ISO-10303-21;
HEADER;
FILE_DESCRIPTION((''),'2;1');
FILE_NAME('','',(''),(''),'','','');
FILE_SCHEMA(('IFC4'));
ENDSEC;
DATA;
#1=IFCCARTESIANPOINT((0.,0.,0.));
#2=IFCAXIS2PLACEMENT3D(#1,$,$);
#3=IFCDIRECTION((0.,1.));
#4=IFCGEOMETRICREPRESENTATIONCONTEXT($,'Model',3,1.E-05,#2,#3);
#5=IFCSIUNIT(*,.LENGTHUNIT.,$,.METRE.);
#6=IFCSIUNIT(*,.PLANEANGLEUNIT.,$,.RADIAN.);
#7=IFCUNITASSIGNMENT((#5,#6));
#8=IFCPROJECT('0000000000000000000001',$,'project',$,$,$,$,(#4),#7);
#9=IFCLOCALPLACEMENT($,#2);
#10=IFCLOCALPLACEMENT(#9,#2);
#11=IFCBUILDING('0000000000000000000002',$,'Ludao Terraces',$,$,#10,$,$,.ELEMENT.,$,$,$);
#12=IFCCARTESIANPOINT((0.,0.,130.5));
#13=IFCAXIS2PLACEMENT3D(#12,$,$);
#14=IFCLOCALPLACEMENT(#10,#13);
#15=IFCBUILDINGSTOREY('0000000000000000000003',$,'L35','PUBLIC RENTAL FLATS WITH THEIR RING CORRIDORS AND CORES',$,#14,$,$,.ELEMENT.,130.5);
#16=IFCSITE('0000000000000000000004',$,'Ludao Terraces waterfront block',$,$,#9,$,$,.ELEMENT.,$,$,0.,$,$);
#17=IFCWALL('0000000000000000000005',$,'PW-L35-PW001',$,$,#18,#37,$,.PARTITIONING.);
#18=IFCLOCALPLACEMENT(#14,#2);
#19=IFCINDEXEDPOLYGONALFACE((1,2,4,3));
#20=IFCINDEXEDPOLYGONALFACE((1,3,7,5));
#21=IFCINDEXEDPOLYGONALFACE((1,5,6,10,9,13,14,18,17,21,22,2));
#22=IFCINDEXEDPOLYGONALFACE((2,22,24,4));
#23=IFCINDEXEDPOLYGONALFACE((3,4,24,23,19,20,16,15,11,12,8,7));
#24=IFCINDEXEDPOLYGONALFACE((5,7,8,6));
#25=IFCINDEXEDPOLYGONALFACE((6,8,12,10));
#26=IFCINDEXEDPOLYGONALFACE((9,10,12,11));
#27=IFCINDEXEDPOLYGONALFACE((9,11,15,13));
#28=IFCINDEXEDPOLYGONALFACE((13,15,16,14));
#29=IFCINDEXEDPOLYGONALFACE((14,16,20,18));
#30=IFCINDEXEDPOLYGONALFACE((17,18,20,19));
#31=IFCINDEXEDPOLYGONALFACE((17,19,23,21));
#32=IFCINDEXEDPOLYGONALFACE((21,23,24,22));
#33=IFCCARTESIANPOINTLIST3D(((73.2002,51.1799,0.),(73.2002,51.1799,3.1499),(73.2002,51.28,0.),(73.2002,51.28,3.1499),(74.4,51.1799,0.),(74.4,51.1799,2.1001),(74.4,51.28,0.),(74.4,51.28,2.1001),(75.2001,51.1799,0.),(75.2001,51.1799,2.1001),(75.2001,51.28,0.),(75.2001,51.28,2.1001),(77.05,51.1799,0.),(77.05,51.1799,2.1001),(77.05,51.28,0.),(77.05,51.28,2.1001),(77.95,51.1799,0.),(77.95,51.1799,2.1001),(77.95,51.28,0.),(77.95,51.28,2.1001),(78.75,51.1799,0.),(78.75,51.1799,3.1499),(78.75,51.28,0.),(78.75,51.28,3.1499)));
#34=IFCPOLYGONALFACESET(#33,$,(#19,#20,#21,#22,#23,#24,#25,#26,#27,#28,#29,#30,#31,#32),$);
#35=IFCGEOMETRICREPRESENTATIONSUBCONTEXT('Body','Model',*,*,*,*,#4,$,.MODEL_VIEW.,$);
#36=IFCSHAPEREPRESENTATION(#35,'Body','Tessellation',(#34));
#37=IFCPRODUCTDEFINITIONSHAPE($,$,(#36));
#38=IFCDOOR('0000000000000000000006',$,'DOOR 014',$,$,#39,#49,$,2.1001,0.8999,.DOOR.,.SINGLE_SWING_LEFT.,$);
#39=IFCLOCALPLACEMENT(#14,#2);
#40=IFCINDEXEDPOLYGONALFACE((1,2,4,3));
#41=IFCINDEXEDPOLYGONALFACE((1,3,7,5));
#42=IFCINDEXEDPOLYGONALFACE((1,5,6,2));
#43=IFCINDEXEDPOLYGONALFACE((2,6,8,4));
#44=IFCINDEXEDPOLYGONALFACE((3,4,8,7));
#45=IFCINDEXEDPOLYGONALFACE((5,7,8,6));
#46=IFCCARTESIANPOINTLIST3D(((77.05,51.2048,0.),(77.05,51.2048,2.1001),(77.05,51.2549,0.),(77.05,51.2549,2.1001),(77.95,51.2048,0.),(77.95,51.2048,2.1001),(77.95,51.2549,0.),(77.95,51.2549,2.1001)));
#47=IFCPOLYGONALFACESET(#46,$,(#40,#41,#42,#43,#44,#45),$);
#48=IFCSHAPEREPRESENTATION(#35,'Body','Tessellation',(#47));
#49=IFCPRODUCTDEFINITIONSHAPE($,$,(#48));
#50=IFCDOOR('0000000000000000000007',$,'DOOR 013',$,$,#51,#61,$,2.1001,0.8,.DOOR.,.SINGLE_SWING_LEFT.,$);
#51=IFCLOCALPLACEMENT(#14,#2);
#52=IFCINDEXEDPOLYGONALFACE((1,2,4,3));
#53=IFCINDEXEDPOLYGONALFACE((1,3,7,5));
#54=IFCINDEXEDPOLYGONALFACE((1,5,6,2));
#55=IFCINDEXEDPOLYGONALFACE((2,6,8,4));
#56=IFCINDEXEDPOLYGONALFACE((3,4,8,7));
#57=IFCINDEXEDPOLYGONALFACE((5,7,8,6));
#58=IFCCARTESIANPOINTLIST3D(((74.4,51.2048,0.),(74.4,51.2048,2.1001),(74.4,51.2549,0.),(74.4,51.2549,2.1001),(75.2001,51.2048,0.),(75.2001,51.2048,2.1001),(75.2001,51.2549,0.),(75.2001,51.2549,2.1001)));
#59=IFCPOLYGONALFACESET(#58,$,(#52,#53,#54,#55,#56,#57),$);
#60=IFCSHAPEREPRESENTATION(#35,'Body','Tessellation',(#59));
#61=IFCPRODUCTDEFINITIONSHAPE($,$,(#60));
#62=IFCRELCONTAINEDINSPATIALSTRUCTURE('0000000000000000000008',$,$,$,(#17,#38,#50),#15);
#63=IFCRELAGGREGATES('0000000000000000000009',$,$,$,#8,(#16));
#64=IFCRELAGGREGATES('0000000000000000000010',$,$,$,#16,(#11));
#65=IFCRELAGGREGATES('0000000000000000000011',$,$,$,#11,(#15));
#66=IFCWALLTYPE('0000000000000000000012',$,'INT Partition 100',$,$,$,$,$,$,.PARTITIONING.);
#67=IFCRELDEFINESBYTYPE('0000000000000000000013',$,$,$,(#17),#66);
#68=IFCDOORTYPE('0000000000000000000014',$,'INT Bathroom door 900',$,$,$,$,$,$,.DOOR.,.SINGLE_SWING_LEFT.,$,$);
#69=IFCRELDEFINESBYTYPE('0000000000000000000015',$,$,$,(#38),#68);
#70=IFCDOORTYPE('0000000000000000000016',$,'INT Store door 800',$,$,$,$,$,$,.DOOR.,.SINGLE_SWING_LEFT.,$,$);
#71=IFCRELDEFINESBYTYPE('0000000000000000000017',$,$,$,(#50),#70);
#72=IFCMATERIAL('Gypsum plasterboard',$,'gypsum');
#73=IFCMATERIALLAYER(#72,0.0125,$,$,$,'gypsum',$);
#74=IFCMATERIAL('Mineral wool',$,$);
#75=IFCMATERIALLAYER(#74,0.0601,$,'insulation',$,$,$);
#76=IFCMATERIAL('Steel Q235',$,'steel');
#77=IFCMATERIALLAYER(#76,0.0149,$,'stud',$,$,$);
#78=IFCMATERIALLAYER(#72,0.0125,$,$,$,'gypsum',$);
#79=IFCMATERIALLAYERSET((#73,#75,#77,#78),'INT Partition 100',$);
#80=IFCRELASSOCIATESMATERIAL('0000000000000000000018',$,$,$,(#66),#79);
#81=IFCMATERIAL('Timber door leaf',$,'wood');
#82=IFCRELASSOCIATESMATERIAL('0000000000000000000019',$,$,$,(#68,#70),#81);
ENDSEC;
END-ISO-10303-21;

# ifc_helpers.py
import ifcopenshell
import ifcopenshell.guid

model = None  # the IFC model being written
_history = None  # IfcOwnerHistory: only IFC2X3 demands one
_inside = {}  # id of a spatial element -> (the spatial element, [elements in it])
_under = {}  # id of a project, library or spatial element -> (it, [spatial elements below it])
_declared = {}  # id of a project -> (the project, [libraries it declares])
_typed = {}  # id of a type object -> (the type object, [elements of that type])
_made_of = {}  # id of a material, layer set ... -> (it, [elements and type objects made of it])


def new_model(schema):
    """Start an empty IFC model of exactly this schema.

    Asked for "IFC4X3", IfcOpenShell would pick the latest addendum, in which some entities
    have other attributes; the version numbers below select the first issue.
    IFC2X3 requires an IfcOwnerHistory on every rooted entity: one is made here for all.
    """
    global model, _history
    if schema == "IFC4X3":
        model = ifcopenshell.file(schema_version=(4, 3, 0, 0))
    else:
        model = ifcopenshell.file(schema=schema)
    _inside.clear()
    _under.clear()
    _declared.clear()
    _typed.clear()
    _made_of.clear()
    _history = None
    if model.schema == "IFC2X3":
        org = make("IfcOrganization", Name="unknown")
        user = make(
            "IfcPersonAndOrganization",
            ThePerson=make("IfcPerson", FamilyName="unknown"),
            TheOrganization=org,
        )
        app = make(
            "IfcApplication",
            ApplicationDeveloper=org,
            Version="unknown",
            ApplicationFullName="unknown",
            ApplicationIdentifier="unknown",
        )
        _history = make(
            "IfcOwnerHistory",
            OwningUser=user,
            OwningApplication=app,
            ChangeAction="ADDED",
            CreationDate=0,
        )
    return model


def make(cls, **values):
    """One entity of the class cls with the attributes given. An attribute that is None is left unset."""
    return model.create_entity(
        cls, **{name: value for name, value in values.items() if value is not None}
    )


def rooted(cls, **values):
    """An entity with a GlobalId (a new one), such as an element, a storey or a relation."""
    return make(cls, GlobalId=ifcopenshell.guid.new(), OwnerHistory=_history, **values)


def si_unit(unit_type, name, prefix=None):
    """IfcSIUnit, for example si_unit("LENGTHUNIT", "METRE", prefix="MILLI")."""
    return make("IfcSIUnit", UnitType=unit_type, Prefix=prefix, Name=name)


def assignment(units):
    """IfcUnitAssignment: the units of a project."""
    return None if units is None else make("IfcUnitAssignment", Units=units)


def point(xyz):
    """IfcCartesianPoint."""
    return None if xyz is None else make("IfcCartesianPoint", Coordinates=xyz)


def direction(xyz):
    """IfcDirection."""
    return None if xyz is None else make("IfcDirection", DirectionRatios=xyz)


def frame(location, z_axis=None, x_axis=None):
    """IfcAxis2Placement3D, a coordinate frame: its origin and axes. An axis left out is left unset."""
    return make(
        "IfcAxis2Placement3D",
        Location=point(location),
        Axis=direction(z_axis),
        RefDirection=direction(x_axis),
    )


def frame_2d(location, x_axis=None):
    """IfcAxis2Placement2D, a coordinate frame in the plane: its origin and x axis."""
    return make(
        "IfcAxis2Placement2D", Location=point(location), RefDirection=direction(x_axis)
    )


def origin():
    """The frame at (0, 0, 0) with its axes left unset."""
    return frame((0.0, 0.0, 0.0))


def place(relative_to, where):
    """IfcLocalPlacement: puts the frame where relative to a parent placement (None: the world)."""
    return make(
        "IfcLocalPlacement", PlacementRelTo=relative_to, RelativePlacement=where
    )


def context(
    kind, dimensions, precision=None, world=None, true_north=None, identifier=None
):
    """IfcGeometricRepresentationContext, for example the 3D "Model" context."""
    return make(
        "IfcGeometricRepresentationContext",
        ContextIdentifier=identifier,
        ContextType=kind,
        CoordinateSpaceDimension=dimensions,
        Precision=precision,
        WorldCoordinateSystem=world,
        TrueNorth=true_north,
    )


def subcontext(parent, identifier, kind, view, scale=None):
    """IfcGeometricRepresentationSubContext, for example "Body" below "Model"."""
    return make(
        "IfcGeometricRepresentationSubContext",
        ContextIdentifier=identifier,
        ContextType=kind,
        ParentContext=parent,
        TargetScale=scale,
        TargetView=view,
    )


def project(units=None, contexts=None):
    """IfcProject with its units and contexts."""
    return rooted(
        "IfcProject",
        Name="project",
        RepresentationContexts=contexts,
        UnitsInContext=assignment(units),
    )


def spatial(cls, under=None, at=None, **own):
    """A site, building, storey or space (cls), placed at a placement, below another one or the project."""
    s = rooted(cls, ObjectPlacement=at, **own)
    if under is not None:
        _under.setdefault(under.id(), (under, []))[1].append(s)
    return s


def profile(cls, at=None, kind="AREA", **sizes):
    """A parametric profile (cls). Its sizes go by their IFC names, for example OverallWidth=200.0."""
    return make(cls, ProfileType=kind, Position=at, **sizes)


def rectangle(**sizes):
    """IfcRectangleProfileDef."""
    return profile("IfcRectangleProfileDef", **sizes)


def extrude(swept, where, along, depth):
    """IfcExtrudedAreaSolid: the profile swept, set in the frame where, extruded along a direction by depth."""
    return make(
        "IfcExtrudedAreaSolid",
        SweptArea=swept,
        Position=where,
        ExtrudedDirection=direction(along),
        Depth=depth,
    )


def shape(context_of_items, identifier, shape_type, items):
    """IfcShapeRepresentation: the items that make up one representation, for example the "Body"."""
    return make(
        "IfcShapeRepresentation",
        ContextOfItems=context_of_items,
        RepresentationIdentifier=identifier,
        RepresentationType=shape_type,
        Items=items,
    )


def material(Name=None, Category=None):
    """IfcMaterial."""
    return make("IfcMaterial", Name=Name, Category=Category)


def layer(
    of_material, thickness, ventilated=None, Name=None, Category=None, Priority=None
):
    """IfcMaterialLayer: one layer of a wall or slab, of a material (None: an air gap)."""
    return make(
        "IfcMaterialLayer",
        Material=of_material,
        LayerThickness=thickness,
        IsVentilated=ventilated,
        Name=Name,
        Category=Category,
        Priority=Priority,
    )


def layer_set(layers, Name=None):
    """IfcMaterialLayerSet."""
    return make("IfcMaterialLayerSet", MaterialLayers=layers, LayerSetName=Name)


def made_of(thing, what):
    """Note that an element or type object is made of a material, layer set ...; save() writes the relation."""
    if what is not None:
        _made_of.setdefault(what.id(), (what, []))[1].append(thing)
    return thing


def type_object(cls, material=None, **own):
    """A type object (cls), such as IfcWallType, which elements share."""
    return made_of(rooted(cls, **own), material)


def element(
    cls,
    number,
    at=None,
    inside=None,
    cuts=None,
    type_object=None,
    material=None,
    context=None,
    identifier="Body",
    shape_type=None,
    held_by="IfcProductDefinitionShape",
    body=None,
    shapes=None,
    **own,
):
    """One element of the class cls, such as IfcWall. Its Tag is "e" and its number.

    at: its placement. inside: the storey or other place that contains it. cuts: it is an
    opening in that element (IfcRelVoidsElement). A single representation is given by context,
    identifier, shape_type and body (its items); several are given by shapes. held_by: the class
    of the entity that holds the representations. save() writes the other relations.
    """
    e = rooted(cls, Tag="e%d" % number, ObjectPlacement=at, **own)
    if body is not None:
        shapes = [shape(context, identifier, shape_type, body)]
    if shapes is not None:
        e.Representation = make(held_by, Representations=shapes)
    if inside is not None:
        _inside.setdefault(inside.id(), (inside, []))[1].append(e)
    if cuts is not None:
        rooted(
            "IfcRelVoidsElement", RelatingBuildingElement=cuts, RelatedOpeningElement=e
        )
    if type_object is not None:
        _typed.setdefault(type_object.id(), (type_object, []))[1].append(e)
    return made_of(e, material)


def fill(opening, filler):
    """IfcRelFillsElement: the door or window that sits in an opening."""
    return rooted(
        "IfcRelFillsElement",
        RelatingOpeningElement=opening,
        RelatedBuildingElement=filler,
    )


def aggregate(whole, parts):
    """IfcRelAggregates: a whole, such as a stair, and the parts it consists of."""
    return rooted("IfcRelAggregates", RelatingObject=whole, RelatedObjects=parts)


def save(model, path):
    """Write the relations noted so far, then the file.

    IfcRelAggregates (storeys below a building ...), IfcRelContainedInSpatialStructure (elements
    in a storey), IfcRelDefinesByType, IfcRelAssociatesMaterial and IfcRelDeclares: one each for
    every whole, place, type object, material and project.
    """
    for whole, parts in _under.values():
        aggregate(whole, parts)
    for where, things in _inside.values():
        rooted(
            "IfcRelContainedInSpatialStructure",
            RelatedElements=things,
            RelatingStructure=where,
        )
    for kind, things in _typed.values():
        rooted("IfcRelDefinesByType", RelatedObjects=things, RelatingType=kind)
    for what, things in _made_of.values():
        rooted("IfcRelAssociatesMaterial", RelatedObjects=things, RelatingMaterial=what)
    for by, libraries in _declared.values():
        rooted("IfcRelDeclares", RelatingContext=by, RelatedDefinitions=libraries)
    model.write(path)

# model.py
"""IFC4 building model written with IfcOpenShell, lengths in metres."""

from ifc_helpers import new_model, si_unit, direction, frame, frame_2d, origin, place, context, subcontext, project, spatial, rectangle, extrude, material, layer, layer_set, type_object, element, fill, save


model = new_model("IFC4")

# Units and contexts
model_context = context("Model", 3, precision=1e-05, world=origin(), true_north=direction((0.0, 1.0)))
body_context = subcontext(model_context, "Body", "Model", "MODEL_VIEW")
ifc_project = project(units=[si_unit("LENGTHUNIT", "METRE"), si_unit("PLANEANGLEUNIT", "RADIAN")], contexts=[model_context])

# Site, building, storey
site_placement = place(None, origin())
site = spatial("IfcSite", under=ifc_project, at=site_placement, Name="Ludao Terraces waterfront block", CompositionType="ELEMENT", RefElevation=0.0)
building_placement = place(site_placement, origin())
building = spatial("IfcBuilding", under=site, at=building_placement, Name="Ludao Terraces", CompositionType="ELEMENT")
storey_placement = place(building_placement, frame((0.0, 0.0, 130.5)))
storey = spatial("IfcBuildingStorey", under=building, at=storey_placement, Name="L35", Description="PUBLIC RENTAL FLATS WITH THEIR RING CORRIDORS AND CORES", CompositionType="ELEMENT", Elevation=130.5)

# Shared definitions
ifc_material_1 = material(Name="Mineral wool")

# Wall, openings, doors
ifc_material_2 = material(Name="Gypsum plasterboard", Category="gypsum")
ifc_layer_1 = layer(ifc_material_2, 0.0125, Category="gypsum")
ifc_layer_2 = layer(ifc_material_1, 0.0601, Name="insulation")
ifc_material_3 = material(Name="Steel Q235", Category="steel")
ifc_layer_3 = layer(ifc_material_3, 0.0149, Name="stud")
ifc_layer_4 = layer(ifc_material_2, 0.0125, Category="gypsum")
ifc_layer_set_1 = layer_set([ifc_layer_1, ifc_layer_2, ifc_layer_3, ifc_layer_4], Name="INT Partition 100")
wall_type_1 = type_object("IfcWallType", Name="INT Partition 100", PredefinedType="PARTITIONING", material=ifc_layer_set_1)
wall_1_placement = place(storey_placement, frame((73.2002, 51.23, 0.0), z_axis=(0.0, 0.0, 1.0), x_axis=(1.0, 0.0, 0.0)))
wall_1 = element("IfcWall", 1, at=wall_1_placement, inside=storey, type_object=wall_type_1, Name="PW-L35-PW001", PredefinedType="PARTITIONING", context=body_context, shape_type="SweptSolid", body=[
    extrude(rectangle(XDim=5.5498, YDim=0.1001, at=frame_2d((2.7749, 0.0))), origin(), (0.0, 0.0, 1.0), 3.1499),
])
opening_1_placement = place(wall_1_placement, frame((1.2, 0.0, 0.0)))
opening_1 = element("IfcOpeningElement", 2, at=opening_1_placement, cuts=wall_1, PredefinedType="OPENING", context=body_context, shape_type="SweptSolid", body=[
    extrude(rectangle(XDim=0.8, YDim=2.1001, at=frame_2d((0.3999, 1.05))), frame((0.0, 0.0601, 0.0), z_axis=(0.0, -1.0, 0.0), x_axis=(1.0, 0.0, 0.0)), (0.0, 0.0, 1.0), 0.1201),
])
opening_2_placement = place(wall_1_placement, frame((3.8499, 0.0, 0.0)))
opening_2 = element("IfcOpeningElement", 3, at=opening_2_placement, cuts=wall_1, PredefinedType="OPENING", context=body_context, shape_type="SweptSolid", body=[
    extrude(rectangle(XDim=0.8999, YDim=2.1001, at=frame_2d((0.45, 1.05))), frame((0.0, 0.0601, 0.0), z_axis=(0.0, -1.0, 0.0), x_axis=(1.0, 0.0, 0.0)), (0.0, 0.0, 1.0), 0.1201),
])
ifc_material_4 = material(Name="Timber door leaf", Category="wood")
door_type_1 = type_object("IfcDoorType", Name="INT Bathroom door 900", OperationType="SINGLE_SWING_LEFT", PredefinedType="DOOR", material=ifc_material_4)
door_1_placement = place(opening_2_placement, origin())
door_1 = element("IfcDoor", 4, at=door_1_placement, inside=storey, type_object=door_type_1, Name="DOOR 014", OperationType="SINGLE_SWING_LEFT", OverallHeight=2.1001, OverallWidth=0.8999, PredefinedType="DOOR", context=body_context, shape_type="SweptSolid", body=[
    extrude(rectangle(XDim=0.8999, YDim=2.1001, at=frame_2d((0.45, 1.05))), frame((0.0, 0.0249, 0.0), z_axis=(0.0, -1.0, 0.0), x_axis=(1.0, 0.0, 0.0)), (0.0, 0.0, 1.0), 0.05),
])
fill(opening_2, door_1)
door_type_2 = type_object("IfcDoorType", Name="INT Store door 800", OperationType="SINGLE_SWING_LEFT", PredefinedType="DOOR", material=ifc_material_4)
door_2_placement = place(opening_1_placement, origin())
door_2 = element("IfcDoor", 5, at=door_2_placement, inside=storey, type_object=door_type_2, Name="DOOR 013", OperationType="SINGLE_SWING_LEFT", OverallHeight=2.1001, OverallWidth=0.8, PredefinedType="DOOR", context=body_context, shape_type="SweptSolid", body=[
    extrude(rectangle(XDim=0.8, YDim=2.1001, at=frame_2d((0.3999, 1.05))), frame((0.0, 0.0249, 0.0), z_axis=(0.0, -1.0, 0.0), x_axis=(1.0, 0.0, 0.0)), (0.0, 0.0, 1.0), 0.05),
])
fill(opening_1, door_2)

save(model, "model.ifc")
